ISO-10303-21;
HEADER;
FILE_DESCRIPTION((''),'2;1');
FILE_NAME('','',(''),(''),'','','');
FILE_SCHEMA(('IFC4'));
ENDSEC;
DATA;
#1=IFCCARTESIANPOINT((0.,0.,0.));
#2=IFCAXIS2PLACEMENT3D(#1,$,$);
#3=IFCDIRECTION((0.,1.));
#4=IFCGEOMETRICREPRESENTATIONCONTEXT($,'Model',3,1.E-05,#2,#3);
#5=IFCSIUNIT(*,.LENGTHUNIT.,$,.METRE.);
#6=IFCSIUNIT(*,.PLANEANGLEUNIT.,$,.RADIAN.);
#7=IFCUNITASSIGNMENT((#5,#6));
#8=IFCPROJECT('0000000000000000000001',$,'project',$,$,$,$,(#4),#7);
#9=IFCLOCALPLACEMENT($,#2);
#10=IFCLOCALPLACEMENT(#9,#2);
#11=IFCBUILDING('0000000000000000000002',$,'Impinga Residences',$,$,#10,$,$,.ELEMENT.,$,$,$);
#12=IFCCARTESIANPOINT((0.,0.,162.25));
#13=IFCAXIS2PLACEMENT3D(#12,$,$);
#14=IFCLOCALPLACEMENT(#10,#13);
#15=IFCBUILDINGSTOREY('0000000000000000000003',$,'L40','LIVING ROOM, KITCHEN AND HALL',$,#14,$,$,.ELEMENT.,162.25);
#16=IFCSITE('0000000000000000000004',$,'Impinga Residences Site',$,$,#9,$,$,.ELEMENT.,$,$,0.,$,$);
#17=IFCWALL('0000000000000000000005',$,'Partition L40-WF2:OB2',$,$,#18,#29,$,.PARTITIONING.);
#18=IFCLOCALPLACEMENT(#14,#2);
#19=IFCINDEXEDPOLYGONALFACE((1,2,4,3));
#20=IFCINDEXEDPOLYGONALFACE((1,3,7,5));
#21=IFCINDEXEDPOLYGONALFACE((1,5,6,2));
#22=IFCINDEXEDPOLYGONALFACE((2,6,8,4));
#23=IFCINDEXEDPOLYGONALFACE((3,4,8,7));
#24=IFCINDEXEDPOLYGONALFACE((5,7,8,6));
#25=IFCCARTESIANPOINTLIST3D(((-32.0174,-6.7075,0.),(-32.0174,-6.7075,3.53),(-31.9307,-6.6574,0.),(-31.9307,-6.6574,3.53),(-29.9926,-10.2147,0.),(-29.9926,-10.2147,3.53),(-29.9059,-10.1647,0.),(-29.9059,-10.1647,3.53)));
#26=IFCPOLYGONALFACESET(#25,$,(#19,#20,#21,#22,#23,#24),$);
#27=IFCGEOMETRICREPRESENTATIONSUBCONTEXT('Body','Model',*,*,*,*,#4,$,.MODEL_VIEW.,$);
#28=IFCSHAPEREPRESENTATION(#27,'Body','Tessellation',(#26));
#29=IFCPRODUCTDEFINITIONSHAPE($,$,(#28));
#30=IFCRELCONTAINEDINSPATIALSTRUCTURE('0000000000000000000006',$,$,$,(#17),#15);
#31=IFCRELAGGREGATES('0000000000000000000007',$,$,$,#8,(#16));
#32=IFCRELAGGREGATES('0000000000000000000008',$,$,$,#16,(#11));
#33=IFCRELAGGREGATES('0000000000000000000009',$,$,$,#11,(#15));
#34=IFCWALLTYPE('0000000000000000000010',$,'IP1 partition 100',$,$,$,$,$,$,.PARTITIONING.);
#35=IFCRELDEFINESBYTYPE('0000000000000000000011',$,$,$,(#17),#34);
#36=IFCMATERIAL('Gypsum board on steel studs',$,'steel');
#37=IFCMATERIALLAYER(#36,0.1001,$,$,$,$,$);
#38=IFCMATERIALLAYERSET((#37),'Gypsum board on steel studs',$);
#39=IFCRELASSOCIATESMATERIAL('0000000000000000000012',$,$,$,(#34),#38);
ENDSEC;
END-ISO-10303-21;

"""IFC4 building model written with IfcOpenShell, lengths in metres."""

from ifc_helpers import new_model, si_unit, direction, frame, frame_2d, origin, place, context, subcontext, project, spatial, rectangle, extrude, material, layer, layer_set, type_object, element, save


model = new_model("IFC4")

# Units and contexts
model_context = context("Model", 3, precision=1e-05, world=origin(), true_north=direction((0.0, 1.0)))
body_context = subcontext(model_context, "Body", "Model", "MODEL_VIEW")
ifc_project = project(units=[si_unit("LENGTHUNIT", "METRE"), si_unit("PLANEANGLEUNIT", "RADIAN")], contexts=[model_context])

# Site, building, storey
site_placement = place(None, origin())
site = spatial("IfcSite", under=ifc_project, at=site_placement, Name="Impinga Residences Site", CompositionType="ELEMENT", RefElevation=0.0)
building_placement = place(site_placement, origin())
building = spatial("IfcBuilding", under=site, at=building_placement, Name="Impinga Residences", CompositionType="ELEMENT")
storey_placement = place(building_placement, frame((0.0, 0.0, 162.25)))
storey = spatial("IfcBuildingStorey", under=building, at=storey_placement, Name="L40", Description="LIVING ROOM, KITCHEN AND HALL", CompositionType="ELEMENT", Elevation=162.25)

# Wall
ifc_material_1 = material(Name="Gypsum board on steel studs", Category="steel")
ifc_layer_1 = layer(ifc_material_1, 0.1001)
ifc_layer_set_1 = layer_set([ifc_layer_1], Name="Gypsum board on steel studs")
wall_type_1 = type_object("IfcWallType", Name="IP1 partition 100", PredefinedType="PARTITIONING", material=ifc_layer_set_1)
wall_1_placement = place(storey_placement, frame((-29.9492, -10.1897, 0.0), z_axis=(0.0, 0.0, 1.0), x_axis=(-0.49999, 0.866031, 0.0)))
element("IfcWall", 1, at=wall_1_placement, inside=storey, type_object=wall_type_1, Name="Partition L40-WF2:OB2", PredefinedType="PARTITIONING", context=body_context, shape_type="SweptSolid", body=[
    extrude(rectangle(XDim=4.0498, YDim=0.1001, at=frame_2d((2.0249, 0.0))), origin(), (0.0, 0.0, 1.0), 3.53),
])

save(model, "model.ifc")
